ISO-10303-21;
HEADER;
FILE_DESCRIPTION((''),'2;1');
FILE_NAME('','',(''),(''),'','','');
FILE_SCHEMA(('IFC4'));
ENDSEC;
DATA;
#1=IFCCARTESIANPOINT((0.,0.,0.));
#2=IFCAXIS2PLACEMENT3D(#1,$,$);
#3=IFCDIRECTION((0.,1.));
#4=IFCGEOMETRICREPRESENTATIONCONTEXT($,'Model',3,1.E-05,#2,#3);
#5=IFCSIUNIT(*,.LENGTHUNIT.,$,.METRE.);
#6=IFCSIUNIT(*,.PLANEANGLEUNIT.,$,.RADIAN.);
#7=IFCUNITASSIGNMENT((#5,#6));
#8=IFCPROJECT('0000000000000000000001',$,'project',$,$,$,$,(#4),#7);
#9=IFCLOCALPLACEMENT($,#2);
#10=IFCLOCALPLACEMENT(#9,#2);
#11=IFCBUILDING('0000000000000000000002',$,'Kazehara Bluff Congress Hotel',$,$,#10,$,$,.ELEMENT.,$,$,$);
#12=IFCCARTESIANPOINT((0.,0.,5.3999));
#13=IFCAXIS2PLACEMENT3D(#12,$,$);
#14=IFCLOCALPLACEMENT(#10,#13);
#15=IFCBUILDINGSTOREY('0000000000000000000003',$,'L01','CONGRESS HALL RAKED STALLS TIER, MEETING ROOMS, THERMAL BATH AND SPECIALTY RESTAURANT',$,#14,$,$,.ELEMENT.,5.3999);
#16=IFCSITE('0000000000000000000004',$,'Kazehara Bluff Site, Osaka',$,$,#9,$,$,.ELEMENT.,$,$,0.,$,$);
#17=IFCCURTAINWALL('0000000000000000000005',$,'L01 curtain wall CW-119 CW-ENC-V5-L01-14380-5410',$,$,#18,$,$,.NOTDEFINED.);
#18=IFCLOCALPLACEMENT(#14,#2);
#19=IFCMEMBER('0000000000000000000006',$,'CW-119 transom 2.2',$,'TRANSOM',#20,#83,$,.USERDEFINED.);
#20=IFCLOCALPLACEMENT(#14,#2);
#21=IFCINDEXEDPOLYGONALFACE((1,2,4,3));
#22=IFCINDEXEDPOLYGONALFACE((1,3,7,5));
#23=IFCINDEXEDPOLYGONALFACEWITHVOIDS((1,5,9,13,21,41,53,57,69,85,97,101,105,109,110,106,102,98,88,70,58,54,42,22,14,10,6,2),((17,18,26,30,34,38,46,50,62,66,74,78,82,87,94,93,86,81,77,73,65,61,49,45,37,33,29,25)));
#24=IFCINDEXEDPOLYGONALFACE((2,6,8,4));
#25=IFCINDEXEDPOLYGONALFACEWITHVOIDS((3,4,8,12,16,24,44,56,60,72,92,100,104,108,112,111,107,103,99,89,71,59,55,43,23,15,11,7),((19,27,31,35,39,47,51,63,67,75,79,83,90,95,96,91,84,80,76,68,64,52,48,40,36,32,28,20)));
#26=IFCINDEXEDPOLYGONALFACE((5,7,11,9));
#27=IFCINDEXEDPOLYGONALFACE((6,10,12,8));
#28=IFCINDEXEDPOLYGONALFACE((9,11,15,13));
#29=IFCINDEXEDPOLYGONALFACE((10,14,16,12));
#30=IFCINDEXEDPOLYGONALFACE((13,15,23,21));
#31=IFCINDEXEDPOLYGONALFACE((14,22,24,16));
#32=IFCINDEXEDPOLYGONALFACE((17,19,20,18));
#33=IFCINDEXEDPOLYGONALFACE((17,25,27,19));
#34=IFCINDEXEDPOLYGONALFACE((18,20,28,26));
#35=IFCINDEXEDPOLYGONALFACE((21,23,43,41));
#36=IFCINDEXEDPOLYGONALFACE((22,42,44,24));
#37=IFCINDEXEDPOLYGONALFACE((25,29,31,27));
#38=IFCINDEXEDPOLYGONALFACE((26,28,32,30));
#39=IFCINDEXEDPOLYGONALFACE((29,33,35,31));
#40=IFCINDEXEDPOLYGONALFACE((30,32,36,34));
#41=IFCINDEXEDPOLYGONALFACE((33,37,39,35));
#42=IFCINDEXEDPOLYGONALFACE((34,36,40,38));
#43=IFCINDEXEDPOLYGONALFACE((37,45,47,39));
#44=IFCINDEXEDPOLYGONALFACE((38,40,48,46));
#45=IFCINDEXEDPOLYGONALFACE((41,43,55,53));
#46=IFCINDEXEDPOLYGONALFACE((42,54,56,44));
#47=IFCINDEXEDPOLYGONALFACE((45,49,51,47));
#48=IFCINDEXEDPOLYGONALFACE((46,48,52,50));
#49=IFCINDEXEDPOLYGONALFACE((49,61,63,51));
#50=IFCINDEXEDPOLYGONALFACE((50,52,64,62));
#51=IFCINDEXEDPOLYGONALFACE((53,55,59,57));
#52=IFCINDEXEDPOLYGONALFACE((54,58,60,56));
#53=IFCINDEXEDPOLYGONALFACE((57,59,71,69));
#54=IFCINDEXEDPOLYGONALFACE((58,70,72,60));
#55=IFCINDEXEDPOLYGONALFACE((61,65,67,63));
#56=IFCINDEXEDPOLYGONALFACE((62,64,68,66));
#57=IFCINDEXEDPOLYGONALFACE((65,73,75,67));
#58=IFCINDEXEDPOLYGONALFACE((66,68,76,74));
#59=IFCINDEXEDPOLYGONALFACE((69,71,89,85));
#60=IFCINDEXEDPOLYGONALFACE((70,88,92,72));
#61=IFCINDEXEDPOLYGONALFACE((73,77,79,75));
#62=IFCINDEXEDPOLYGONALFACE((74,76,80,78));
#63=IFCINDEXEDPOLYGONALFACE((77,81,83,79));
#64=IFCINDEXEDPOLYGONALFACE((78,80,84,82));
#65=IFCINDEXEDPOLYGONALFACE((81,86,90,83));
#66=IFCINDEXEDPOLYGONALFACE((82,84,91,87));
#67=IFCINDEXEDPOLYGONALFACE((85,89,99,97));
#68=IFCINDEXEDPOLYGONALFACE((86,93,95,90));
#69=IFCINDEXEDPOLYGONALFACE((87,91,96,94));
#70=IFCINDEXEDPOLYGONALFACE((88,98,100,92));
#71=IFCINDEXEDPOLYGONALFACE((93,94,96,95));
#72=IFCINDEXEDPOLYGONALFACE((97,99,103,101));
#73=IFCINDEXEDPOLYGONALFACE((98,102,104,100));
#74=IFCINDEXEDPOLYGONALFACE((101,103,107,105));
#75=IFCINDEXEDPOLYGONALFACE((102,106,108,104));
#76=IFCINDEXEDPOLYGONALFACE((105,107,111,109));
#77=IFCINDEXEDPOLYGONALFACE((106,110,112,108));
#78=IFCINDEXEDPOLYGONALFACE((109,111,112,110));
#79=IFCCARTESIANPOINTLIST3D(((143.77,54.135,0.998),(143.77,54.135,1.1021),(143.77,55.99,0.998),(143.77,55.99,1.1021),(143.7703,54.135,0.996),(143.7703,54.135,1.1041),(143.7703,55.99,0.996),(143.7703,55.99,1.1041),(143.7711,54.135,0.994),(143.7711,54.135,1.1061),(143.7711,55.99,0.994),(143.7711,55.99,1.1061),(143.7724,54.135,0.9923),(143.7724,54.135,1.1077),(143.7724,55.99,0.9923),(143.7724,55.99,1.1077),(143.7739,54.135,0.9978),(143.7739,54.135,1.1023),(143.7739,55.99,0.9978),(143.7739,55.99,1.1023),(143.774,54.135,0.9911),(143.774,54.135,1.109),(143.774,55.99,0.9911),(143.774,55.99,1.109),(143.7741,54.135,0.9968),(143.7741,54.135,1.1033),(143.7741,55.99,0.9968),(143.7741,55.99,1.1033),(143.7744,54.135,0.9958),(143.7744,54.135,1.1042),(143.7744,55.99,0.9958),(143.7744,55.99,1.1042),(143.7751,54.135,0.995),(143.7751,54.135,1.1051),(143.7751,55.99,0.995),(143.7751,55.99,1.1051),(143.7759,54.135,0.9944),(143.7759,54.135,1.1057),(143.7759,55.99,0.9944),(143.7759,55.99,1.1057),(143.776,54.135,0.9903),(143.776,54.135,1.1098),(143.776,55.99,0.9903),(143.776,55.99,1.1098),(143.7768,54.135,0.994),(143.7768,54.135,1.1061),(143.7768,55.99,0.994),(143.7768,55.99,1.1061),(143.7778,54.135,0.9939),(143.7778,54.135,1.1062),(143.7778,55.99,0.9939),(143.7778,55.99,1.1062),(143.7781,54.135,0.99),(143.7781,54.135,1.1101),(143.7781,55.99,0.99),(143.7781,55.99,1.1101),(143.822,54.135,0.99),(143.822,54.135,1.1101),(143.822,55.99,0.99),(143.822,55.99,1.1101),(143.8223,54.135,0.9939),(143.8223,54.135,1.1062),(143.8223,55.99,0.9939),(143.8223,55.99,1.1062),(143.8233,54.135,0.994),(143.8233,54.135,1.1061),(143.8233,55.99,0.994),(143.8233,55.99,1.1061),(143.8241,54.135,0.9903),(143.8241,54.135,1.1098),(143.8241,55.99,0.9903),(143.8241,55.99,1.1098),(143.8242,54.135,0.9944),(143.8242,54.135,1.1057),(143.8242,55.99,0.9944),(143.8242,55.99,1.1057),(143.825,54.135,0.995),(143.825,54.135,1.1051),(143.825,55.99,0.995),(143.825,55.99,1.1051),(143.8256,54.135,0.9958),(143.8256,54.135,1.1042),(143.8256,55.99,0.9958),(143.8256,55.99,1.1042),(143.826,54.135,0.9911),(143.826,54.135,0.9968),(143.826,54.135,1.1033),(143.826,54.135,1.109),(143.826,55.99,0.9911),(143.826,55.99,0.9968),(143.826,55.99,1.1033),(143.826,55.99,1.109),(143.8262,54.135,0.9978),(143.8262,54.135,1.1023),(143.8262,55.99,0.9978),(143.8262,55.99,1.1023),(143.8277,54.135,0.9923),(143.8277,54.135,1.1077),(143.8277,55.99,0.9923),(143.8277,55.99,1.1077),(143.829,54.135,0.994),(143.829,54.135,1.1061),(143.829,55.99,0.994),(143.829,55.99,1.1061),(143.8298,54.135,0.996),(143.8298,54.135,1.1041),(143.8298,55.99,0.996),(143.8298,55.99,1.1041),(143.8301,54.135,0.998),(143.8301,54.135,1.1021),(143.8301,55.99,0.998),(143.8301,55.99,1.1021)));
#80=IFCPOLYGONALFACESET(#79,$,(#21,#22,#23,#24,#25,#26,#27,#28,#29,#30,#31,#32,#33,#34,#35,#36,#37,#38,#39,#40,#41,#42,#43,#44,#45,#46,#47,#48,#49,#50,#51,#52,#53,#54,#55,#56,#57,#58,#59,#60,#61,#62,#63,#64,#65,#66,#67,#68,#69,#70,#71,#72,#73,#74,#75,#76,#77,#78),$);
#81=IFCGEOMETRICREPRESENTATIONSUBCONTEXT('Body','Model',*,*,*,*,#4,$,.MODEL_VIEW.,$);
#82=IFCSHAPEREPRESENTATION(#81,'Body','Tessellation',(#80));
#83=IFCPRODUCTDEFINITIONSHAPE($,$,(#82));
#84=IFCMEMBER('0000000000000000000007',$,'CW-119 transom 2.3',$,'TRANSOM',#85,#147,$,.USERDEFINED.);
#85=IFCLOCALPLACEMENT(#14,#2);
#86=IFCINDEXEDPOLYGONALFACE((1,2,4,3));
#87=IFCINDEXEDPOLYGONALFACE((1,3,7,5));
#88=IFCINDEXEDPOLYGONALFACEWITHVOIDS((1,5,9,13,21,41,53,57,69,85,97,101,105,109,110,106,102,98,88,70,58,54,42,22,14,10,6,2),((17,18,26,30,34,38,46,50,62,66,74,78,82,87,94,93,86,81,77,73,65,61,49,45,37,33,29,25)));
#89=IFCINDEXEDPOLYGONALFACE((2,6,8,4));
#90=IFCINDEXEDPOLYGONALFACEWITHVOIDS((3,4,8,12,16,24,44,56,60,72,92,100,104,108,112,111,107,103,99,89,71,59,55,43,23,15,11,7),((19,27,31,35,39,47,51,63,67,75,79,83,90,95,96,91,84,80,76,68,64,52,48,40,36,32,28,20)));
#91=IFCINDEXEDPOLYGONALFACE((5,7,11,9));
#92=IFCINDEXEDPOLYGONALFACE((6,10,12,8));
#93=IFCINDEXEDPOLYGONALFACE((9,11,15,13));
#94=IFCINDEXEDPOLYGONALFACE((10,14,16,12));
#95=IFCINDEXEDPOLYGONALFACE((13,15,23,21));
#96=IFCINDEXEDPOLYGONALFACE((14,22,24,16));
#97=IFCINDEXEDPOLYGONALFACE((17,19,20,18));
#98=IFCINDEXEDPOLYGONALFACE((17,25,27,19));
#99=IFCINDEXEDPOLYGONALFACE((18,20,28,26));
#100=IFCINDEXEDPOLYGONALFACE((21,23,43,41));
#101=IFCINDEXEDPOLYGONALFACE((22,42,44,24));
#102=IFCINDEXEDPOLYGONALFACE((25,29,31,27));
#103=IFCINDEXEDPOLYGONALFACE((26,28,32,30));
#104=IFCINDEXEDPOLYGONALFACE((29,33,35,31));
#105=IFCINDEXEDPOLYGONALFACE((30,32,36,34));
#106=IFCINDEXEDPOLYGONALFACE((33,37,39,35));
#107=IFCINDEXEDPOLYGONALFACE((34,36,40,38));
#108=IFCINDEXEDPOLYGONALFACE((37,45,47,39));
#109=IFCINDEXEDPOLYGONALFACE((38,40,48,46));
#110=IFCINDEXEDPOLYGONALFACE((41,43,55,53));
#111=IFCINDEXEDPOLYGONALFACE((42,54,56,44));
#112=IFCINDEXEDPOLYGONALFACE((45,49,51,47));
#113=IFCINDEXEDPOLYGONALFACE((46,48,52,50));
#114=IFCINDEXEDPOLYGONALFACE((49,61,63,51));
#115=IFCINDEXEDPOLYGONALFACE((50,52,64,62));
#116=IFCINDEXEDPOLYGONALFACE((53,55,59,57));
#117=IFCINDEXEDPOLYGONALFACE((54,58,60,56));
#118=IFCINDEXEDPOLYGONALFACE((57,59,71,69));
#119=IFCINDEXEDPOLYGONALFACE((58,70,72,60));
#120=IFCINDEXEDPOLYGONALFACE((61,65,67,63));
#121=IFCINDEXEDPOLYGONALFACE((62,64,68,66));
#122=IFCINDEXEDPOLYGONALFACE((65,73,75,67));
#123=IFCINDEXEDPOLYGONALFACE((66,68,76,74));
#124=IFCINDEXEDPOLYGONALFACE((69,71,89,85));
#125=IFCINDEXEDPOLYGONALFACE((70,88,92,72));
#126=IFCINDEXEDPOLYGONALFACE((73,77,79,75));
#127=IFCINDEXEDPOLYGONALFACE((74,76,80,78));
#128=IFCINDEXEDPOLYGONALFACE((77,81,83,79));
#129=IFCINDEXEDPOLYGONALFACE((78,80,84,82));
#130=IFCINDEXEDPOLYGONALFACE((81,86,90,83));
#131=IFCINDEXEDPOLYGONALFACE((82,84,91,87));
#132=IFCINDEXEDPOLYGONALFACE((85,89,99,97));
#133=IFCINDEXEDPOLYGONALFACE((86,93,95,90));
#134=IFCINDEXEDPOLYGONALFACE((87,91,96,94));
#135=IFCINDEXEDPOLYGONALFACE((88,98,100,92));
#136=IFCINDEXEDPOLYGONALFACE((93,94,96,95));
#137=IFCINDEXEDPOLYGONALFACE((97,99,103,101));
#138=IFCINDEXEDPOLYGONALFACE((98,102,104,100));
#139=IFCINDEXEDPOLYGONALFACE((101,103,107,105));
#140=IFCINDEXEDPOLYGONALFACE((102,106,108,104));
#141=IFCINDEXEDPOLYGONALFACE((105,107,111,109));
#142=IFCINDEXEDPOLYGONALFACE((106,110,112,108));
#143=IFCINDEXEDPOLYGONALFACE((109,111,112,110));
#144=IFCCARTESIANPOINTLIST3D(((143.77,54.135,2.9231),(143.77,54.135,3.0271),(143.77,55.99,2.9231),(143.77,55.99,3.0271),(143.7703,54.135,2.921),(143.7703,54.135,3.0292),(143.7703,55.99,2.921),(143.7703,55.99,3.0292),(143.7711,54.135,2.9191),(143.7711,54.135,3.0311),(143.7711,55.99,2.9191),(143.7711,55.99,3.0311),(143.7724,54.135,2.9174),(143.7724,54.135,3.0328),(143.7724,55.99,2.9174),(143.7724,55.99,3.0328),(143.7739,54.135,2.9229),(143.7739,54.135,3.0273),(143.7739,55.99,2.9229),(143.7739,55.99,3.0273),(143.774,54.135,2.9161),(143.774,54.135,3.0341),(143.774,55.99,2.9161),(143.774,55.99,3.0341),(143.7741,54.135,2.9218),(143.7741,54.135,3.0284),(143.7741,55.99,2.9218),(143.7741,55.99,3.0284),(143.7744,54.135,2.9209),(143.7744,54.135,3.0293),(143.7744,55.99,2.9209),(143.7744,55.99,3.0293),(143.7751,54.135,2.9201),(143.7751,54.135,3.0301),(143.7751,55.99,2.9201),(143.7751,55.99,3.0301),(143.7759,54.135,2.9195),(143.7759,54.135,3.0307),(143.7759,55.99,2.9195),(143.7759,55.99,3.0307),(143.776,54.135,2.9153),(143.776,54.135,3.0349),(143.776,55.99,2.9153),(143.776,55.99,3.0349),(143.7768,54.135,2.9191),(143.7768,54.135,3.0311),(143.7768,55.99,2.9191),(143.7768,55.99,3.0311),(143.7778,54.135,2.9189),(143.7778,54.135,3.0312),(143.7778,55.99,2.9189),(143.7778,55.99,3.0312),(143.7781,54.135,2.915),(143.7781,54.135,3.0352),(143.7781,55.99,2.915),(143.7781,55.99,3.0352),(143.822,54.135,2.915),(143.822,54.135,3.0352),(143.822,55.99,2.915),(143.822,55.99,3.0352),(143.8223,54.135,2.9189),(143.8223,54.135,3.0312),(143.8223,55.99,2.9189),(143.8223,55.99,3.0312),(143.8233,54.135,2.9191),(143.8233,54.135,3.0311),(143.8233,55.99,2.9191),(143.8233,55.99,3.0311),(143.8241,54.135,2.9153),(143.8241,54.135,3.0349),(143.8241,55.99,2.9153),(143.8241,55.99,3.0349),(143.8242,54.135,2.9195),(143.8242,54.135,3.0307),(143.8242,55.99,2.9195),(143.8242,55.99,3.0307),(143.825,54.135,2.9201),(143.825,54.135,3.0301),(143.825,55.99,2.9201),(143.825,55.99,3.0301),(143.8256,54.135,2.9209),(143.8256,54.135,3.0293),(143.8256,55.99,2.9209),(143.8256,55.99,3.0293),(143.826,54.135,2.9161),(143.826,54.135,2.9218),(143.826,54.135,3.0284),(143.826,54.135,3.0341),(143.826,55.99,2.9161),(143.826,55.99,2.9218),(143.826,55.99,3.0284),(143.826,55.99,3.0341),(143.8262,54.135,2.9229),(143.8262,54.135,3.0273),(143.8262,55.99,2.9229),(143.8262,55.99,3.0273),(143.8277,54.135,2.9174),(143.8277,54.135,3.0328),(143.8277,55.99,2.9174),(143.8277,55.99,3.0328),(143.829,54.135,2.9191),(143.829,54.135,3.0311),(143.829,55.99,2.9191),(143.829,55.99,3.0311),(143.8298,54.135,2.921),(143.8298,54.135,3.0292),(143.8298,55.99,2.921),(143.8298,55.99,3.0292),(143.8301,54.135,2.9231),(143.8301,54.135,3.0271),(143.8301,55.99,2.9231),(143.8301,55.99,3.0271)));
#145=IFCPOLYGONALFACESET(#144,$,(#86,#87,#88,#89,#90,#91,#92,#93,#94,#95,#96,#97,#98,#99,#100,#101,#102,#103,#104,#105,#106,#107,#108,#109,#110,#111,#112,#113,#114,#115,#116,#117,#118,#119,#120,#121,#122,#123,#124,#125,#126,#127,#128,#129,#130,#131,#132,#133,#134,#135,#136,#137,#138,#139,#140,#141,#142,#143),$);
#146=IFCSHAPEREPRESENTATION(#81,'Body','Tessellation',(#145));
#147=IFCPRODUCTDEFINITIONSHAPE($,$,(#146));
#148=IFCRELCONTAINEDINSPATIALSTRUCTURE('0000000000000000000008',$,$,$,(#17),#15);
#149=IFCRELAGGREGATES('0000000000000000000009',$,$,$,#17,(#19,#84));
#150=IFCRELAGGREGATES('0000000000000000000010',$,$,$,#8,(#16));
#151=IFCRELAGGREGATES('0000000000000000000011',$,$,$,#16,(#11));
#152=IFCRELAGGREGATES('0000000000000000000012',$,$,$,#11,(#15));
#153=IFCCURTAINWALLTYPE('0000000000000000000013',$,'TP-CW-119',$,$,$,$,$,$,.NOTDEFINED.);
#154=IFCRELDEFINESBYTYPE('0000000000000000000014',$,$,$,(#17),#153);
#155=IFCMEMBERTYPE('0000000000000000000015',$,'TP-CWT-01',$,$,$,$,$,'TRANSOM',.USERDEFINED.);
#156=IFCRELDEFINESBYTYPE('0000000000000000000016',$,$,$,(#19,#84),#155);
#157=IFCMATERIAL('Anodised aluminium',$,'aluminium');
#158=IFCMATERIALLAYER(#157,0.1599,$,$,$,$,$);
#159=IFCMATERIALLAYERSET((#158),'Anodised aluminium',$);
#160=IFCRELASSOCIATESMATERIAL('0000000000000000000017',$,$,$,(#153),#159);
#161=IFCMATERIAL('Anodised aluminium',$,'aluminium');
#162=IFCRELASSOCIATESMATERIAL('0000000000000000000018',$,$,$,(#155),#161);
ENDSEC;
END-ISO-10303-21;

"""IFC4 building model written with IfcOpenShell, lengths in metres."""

from ifc_helpers import new_model, si_unit, direction, frame, origin, origin_2d, place, context, subcontext, project, spatial, hollow_rectangle, extrude, material, layer, layer_set, material_profile, profile_set, type_object, element, aggregate, save


model = new_model("IFC4")

# Units and contexts
model_context = context("Model", 3, precision=1e-05, world=origin(), true_north=direction((0.0, 1.0)))
body_context = subcontext(model_context, "Body", "Model", "MODEL_VIEW")
ifc_project = project(units=[si_unit("LENGTHUNIT", "METRE"), si_unit("PLANEANGLEUNIT", "RADIAN")], contexts=[model_context])

# Site, building, storey
site_placement = place(None, origin())
site = spatial("IfcSite", under=ifc_project, at=site_placement, Name="Kazehara Bluff Site, Osaka", CompositionType="ELEMENT", RefElevation=0.0)
building_placement = place(site_placement, origin())
building = spatial("IfcBuilding", under=site, at=building_placement, Name="Kazehara Bluff Congress Hotel", CompositionType="ELEMENT")
storey_placement = place(building_placement, frame((0.0, 0.0, 5.3999)))
storey = spatial("IfcBuildingStorey", under=building, at=storey_placement, Name="L01", Description="CONGRESS HALL RAKED STALLS TIER, MEETING ROOMS, THERMAL BATH AND SPECIALTY RESTAURANT", CompositionType="ELEMENT", Elevation=5.3999)

# Curtain wall
ifc_material_1 = material(Name="Anodised aluminium", Category="aluminium")
ifc_layer_1 = layer(ifc_material_1, 0.1599)
ifc_layer_set_1 = layer_set([ifc_layer_1], Name="Anodised aluminium")
curtain_wall_type_1 = type_object("IfcCurtainWallType", Name="TP-CW-119", PredefinedType="NOTDEFINED", material=ifc_layer_set_1)
curtain_wall_1_placement = place(storey_placement, origin())
curtain_wall_1 = element("IfcCurtainWall", 1, at=curtain_wall_1_placement, inside=storey, type_object=curtain_wall_type_1, Name="L01 curtain wall CW-119 CW-ENC-V5-L01-14380-5410", PredefinedType="NOTDEFINED")

# Members
ifc_material_2 = material(Name="Anodised aluminium", Category="aluminium")
ifc_material_profile_1 = material_profile(ifc_material_2, hollow_rectangle(XDim=0.0601, YDim=0.1201, WallThickness=0.0039, InnerFilletRadius=0.0039, OuterFilletRadius=0.0081, at=origin_2d()))
ifc_profile_set_1 = profile_set([ifc_material_profile_1], Name="Anodised aluminium")
member_type_1 = type_object("IfcMemberType", Name="TP-CWT-01", ElementType="TRANSOM", PredefinedType="USERDEFINED", material=ifc_profile_set_1)
member_1_placement = place(storey_placement, frame((143.8, 54.135, 1.05), z_axis=(0.0, 1.0, 0.0), x_axis=(-1.0, 0.0, 0.0)))
member_1 = element("IfcMember", 2, at=member_1_placement, type_object=member_type_1, Name="CW-119 transom 2.2", ObjectType="TRANSOM", PredefinedType="USERDEFINED", context=body_context, shape_type="SweptSolid", body=[
    extrude(hollow_rectangle(XDim=0.0601, YDim=0.1201, WallThickness=0.0039, InnerFilletRadius=0.0039, OuterFilletRadius=0.0081, at=origin_2d()), origin(), (0.0, 0.0, 1.0), 1.855),
])
member_2_placement = place(storey_placement, frame((143.8, 54.135, 2.9751), z_axis=(0.0, 1.0, 0.0), x_axis=(-1.0, 0.0, 0.0)))
member_2 = element("IfcMember", 3, at=member_2_placement, type_object=member_type_1, Name="CW-119 transom 2.3", ObjectType="TRANSOM", PredefinedType="USERDEFINED", context=body_context, shape_type="SweptSolid", body=[
    extrude(hollow_rectangle(XDim=0.0601, YDim=0.1201, WallThickness=0.0039, InnerFilletRadius=0.0039, OuterFilletRadius=0.0081, at=origin_2d()), origin(), (0.0, 0.0, 1.0), 1.855),
])

aggregate(curtain_wall_1, [member_1, member_2])

save(model, "model.ifc")
